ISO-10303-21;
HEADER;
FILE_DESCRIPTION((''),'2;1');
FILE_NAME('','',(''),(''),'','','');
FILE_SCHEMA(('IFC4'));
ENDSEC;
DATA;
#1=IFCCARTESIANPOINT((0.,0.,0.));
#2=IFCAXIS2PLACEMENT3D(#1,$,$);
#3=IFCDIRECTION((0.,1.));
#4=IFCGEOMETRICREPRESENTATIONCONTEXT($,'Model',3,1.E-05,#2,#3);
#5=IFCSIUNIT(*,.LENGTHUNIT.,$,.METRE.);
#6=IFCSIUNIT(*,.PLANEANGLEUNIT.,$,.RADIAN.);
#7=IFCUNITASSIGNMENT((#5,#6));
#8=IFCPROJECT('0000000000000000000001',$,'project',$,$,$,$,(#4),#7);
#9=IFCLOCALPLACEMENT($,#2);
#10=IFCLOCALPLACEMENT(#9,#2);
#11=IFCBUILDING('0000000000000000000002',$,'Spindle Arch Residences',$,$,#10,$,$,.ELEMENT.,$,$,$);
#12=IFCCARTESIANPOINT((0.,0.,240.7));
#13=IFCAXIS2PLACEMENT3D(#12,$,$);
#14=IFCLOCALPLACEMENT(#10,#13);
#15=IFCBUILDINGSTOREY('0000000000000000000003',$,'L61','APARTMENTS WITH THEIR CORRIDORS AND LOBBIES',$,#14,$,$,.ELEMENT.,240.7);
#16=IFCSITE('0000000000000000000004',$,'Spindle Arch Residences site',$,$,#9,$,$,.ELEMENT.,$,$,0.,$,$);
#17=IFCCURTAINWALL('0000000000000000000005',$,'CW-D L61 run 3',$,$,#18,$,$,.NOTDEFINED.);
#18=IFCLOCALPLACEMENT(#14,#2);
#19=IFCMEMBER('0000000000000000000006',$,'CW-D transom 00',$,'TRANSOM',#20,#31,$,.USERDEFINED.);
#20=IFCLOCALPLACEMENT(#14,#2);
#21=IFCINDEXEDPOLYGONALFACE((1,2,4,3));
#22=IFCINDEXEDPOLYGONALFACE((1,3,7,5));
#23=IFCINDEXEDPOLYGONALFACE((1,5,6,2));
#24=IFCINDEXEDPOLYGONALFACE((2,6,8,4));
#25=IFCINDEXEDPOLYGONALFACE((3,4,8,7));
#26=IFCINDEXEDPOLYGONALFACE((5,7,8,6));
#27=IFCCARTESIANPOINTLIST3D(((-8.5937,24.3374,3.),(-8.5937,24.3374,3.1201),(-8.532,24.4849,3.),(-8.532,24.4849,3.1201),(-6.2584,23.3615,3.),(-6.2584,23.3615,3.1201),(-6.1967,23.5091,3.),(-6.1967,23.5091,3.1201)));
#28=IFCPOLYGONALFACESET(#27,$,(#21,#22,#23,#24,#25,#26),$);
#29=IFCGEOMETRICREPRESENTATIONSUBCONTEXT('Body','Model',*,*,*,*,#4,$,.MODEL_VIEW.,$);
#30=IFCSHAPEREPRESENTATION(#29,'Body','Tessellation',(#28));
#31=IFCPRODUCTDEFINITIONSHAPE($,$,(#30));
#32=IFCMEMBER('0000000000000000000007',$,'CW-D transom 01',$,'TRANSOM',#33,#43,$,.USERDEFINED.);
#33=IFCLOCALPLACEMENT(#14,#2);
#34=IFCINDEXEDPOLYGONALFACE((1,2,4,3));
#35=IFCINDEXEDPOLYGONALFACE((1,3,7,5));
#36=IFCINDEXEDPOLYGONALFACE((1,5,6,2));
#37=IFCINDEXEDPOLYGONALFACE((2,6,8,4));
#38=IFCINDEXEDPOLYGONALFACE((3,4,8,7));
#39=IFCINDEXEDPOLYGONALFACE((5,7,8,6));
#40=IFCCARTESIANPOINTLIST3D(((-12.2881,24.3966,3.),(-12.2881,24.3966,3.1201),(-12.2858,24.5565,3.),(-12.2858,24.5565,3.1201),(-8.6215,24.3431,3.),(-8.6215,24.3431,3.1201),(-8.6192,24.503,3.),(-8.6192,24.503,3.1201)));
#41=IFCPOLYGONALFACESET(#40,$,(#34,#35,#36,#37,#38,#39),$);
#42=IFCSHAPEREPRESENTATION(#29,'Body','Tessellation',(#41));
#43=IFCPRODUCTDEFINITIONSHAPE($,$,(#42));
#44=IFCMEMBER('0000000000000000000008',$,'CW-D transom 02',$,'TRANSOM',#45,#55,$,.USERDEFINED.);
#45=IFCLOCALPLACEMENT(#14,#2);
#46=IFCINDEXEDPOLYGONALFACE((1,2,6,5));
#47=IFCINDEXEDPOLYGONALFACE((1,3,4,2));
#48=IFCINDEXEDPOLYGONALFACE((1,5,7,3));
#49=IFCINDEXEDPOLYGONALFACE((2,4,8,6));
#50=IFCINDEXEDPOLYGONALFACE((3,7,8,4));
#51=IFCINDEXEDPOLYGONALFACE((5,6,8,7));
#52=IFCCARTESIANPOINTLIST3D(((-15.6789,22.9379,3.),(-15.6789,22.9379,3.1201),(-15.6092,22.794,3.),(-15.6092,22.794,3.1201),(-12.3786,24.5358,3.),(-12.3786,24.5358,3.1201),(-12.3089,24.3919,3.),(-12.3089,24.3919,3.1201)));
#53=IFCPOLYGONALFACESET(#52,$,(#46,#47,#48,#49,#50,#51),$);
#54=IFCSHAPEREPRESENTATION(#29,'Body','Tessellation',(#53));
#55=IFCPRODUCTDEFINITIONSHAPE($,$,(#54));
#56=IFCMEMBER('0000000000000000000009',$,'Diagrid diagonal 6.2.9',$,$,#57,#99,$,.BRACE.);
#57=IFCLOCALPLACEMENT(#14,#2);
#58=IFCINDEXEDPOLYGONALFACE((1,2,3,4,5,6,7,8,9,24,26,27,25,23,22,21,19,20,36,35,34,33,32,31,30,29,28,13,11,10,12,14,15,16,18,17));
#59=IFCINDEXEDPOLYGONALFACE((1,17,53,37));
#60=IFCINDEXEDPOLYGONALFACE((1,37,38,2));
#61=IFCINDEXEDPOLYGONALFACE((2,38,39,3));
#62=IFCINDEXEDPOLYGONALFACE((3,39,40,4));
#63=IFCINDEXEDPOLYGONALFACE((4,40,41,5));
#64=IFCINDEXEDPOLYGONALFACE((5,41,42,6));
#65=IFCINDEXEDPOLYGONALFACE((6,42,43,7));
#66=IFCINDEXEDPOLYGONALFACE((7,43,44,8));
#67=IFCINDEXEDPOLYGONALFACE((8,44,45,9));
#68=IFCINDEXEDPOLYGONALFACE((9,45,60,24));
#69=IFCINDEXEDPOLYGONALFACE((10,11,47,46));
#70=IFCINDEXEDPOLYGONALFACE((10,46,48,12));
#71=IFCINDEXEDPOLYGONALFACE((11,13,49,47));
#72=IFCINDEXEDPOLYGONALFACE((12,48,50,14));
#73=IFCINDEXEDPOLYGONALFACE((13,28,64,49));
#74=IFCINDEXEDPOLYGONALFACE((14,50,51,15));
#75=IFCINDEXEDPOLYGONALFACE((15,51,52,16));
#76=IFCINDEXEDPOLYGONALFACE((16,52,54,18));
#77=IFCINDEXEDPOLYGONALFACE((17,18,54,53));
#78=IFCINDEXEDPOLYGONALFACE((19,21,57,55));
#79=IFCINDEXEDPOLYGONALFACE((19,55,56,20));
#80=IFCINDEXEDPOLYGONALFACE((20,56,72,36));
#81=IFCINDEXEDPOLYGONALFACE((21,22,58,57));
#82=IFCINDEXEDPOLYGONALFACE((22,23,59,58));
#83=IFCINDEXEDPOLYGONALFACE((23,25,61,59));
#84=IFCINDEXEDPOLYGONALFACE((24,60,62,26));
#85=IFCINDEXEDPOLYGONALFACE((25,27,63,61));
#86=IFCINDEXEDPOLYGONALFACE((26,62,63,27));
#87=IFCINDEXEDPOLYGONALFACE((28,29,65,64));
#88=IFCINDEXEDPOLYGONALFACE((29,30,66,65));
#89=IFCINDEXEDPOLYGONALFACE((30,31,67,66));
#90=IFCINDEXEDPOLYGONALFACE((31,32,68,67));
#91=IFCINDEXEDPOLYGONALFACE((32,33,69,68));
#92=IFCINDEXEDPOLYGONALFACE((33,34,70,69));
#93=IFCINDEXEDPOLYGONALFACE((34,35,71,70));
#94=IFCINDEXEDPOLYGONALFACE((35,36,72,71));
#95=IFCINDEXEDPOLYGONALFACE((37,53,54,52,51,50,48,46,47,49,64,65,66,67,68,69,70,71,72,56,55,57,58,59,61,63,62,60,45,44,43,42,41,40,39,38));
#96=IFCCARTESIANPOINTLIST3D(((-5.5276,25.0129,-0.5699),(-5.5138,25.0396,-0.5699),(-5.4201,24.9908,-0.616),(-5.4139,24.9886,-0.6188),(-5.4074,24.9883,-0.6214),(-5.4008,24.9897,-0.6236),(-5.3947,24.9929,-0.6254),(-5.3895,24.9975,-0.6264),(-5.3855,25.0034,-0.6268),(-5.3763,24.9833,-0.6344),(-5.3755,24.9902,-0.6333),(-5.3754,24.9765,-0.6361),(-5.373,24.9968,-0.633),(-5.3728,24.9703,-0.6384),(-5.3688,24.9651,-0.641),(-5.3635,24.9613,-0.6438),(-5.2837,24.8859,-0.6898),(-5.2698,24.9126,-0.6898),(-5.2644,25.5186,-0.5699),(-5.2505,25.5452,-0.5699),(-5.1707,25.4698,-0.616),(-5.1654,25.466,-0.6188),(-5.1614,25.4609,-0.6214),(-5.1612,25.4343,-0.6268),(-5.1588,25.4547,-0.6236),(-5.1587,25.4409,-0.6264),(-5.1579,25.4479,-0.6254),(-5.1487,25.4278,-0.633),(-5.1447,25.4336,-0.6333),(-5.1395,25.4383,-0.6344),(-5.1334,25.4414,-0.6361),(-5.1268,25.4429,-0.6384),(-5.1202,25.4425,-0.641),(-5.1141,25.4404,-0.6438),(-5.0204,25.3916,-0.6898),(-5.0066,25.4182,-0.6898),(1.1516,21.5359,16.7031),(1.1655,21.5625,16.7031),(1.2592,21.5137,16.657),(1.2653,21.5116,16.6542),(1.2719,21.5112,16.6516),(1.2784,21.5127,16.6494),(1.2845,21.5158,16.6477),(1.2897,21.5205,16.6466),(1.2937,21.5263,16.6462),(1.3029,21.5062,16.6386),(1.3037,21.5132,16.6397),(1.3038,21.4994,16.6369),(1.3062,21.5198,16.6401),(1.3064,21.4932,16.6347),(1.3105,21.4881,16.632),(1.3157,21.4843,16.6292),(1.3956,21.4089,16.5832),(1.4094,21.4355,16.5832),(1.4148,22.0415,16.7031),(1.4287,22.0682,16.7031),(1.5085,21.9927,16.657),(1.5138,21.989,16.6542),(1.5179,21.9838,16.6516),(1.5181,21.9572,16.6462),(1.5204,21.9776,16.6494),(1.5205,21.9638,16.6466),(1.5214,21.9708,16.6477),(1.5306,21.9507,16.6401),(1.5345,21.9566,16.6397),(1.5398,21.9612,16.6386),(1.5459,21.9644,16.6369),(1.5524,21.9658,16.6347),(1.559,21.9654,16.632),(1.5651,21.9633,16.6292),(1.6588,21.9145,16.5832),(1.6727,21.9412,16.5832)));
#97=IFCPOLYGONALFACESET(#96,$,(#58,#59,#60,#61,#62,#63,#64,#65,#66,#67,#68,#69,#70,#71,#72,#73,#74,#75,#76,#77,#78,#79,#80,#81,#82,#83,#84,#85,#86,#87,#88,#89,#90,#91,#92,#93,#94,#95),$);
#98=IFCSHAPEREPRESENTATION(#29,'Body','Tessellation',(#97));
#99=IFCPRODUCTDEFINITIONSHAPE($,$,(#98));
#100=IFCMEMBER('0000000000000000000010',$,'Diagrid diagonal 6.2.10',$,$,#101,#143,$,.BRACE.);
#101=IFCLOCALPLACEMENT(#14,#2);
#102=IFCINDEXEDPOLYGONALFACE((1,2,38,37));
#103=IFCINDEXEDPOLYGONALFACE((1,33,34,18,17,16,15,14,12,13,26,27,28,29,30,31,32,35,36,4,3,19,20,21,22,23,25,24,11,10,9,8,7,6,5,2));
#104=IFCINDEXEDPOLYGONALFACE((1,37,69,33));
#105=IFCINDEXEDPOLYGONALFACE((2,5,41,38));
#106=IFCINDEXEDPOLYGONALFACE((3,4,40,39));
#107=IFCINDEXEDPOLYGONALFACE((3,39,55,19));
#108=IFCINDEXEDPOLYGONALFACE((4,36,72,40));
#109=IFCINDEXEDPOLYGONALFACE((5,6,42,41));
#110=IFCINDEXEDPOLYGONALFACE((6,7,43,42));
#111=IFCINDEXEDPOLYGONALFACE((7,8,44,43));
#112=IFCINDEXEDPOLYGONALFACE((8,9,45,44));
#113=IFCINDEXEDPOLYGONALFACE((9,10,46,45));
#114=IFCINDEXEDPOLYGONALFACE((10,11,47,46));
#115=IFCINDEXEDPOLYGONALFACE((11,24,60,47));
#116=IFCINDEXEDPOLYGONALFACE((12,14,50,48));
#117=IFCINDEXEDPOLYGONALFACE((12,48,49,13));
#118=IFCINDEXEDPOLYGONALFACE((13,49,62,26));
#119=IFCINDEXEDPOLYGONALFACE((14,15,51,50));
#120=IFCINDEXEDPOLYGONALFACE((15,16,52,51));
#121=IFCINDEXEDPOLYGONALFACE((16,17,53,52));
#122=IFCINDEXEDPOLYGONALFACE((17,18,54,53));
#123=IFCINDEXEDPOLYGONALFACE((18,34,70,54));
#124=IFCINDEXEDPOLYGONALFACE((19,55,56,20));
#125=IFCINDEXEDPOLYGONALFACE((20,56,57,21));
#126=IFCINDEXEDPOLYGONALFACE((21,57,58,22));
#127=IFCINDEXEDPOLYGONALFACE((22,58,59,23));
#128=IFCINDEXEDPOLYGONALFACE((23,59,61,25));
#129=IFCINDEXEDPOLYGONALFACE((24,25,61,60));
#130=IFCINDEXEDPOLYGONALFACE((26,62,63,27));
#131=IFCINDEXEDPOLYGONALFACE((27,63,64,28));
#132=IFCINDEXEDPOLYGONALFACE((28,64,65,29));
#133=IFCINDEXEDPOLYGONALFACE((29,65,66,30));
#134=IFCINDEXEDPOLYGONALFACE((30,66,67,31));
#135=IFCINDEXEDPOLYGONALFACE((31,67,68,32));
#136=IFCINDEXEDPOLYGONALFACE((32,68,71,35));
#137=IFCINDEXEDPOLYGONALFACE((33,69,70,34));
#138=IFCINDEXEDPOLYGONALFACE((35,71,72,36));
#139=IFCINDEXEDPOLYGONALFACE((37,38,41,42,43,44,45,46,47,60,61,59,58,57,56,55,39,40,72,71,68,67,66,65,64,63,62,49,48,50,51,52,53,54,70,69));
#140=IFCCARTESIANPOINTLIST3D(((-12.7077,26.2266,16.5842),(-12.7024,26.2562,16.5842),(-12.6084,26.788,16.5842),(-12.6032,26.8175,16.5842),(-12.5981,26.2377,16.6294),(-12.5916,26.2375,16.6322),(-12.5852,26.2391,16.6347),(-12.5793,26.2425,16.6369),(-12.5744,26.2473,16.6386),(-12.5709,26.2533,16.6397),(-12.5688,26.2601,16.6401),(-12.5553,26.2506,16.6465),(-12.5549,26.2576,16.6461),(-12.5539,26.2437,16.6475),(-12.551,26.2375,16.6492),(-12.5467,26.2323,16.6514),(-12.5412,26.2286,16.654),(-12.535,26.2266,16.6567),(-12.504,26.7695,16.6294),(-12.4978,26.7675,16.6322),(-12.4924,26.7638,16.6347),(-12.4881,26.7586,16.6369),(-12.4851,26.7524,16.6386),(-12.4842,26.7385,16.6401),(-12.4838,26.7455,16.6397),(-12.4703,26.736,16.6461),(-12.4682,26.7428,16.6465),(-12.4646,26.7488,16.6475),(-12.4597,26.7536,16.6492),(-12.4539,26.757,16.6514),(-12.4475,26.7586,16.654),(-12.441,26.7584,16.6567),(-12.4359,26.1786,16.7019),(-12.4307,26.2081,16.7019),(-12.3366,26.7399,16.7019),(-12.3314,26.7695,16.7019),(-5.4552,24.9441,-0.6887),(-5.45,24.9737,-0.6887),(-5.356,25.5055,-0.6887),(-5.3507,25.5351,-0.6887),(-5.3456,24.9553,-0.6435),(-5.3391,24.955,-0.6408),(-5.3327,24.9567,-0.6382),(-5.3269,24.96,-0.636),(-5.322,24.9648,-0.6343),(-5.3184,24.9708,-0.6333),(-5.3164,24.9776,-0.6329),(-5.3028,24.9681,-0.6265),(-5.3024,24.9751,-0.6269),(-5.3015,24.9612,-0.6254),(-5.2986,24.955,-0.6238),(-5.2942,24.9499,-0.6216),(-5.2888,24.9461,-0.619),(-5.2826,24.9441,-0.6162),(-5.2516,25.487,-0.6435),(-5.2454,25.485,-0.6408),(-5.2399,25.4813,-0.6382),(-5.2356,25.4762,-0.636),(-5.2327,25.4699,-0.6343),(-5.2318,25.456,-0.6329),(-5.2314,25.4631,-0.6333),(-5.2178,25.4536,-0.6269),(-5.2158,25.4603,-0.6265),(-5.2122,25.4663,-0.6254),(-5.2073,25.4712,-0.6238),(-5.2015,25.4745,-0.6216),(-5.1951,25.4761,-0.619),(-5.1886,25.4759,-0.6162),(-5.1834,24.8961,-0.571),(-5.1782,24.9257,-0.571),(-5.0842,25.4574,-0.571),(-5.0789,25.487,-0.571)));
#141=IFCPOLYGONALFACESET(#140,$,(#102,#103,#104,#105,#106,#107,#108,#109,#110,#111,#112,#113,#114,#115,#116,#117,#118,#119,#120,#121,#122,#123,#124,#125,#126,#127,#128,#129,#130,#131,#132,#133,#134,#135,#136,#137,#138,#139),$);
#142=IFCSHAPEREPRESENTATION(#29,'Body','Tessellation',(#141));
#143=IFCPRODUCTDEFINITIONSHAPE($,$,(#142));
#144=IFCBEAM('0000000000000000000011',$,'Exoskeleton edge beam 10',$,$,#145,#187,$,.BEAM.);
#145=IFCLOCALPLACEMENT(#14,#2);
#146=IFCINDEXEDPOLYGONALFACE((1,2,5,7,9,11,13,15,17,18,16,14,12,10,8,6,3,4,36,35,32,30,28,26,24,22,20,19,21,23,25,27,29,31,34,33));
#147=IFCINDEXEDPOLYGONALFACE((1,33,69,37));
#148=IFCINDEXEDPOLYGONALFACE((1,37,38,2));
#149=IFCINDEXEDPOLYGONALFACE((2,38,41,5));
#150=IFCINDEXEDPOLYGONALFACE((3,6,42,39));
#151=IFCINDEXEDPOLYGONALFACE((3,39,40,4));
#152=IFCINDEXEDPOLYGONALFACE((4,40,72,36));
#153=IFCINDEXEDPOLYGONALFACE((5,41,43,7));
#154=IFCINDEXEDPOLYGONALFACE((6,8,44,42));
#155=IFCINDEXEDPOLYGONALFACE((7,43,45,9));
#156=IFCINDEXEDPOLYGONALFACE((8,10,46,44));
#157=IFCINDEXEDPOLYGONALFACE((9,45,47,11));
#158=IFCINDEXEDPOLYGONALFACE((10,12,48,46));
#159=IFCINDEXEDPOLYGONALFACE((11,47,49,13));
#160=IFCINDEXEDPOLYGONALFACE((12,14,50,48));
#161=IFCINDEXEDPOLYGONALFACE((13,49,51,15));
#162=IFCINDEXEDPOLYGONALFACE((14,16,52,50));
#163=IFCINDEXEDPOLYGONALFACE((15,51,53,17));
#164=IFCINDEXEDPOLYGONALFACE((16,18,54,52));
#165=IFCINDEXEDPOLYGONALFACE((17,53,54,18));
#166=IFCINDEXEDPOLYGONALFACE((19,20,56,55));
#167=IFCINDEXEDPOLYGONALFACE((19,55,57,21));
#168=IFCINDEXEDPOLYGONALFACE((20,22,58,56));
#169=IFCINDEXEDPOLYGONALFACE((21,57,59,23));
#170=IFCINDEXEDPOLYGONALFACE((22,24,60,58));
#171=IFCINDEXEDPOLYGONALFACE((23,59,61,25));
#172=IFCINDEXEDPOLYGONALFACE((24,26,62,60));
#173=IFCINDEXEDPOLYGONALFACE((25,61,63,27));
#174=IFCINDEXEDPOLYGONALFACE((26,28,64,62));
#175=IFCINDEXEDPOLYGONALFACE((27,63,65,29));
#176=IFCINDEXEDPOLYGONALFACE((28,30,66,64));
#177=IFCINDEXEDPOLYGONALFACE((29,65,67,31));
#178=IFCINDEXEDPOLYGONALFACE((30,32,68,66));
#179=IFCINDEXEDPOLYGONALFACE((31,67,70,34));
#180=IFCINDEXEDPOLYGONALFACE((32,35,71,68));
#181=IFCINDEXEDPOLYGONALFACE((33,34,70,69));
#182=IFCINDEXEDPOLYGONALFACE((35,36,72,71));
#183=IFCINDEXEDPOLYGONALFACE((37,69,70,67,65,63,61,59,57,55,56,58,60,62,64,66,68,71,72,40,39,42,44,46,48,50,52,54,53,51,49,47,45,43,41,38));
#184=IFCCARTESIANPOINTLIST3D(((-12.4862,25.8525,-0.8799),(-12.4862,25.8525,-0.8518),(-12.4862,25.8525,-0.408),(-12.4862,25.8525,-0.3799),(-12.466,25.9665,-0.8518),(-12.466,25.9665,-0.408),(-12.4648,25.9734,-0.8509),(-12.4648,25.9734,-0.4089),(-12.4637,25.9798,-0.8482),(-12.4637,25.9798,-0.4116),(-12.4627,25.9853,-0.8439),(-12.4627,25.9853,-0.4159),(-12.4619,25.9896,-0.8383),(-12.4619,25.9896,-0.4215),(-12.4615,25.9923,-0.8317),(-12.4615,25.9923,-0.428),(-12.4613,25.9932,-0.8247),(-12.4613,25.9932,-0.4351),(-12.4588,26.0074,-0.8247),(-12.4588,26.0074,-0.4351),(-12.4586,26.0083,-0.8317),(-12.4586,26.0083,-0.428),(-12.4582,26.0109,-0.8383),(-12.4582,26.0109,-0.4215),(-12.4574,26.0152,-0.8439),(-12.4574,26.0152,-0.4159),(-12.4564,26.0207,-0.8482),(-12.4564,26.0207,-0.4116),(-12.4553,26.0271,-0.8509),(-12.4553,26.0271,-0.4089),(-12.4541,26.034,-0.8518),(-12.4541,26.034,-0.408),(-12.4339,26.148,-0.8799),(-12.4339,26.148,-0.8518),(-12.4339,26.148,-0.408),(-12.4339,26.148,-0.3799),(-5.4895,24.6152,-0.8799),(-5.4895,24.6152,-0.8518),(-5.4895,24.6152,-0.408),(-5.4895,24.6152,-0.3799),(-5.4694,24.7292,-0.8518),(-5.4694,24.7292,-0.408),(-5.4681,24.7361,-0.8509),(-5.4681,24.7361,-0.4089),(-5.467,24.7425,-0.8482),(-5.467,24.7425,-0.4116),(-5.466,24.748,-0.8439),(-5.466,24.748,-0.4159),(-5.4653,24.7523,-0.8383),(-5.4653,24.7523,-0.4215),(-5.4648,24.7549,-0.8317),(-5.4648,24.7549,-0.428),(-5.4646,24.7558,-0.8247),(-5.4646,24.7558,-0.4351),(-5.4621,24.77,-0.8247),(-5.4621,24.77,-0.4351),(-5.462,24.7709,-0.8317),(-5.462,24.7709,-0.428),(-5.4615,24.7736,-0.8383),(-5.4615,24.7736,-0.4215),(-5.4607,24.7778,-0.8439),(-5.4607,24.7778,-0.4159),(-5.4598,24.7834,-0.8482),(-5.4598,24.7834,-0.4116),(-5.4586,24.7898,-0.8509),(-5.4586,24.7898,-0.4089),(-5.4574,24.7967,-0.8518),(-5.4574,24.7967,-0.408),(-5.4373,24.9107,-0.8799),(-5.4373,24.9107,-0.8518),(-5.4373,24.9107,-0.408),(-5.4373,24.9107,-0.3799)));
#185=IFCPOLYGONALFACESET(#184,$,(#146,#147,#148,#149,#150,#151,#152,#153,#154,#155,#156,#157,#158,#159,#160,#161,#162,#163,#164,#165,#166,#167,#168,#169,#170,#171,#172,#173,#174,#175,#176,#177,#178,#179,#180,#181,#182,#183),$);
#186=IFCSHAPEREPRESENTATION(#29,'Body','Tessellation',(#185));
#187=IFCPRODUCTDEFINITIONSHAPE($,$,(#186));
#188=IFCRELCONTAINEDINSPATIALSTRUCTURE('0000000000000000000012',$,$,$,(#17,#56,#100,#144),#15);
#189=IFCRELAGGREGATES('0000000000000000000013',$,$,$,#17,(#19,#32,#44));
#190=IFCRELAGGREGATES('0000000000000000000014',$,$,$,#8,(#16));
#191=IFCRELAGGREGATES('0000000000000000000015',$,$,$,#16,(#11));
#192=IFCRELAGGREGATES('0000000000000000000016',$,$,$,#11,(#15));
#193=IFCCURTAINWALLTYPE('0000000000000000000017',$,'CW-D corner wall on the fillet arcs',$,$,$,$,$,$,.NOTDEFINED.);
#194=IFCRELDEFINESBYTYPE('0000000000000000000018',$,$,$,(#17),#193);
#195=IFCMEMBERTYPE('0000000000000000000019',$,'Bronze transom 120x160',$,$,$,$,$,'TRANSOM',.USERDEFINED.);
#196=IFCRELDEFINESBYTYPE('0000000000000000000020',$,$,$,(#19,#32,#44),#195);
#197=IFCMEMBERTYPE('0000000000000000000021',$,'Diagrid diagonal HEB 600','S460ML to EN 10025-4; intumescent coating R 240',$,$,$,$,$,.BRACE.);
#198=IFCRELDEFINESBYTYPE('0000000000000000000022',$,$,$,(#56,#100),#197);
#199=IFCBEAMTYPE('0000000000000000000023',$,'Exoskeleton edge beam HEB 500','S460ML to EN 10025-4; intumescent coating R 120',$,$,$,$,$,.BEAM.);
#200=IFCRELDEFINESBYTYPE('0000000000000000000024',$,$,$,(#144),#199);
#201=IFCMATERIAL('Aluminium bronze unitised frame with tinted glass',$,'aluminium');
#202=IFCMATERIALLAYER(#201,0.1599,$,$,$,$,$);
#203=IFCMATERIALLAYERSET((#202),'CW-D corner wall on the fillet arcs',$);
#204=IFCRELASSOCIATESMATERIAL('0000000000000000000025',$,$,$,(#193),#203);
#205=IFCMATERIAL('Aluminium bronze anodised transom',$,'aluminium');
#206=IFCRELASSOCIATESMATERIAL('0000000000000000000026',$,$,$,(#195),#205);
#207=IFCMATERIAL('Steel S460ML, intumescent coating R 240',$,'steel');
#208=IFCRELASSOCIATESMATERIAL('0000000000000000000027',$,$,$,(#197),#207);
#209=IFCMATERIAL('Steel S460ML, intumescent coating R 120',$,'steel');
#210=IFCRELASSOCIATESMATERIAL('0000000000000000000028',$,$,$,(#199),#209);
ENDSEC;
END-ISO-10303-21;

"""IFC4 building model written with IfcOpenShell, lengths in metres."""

from ifc_helpers import new_model, si_unit, direction, frame, origin, origin_2d, place, context, subcontext, project, spatial, rectangle, i_section, extrude, material, layer, layer_set, material_profile, profile_set, type_object, element, aggregate, save


model = new_model("IFC4")

# Units and contexts
model_context = context("Model", 3, precision=1e-05, world=origin(), true_north=direction((0.0, 1.0)))
body_context = subcontext(model_context, "Body", "Model", "MODEL_VIEW")
ifc_project = project(units=[si_unit("LENGTHUNIT", "METRE"), si_unit("PLANEANGLEUNIT", "RADIAN")], contexts=[model_context])

# Site, building, storey
site_placement = place(None, origin())
site = spatial("IfcSite", under=ifc_project, at=site_placement, Name="Spindle Arch Residences site", CompositionType="ELEMENT", RefElevation=0.0)
building_placement = place(site_placement, origin())
building = spatial("IfcBuilding", under=site, at=building_placement, Name="Spindle Arch Residences", CompositionType="ELEMENT")
storey_placement = place(building_placement, frame((0.0, 0.0, 240.7)))
storey = spatial("IfcBuildingStorey", under=building, at=storey_placement, Name="L61", Description="APARTMENTS WITH THEIR CORRIDORS AND LOBBIES", CompositionType="ELEMENT", Elevation=240.7)

# Curtain wall, members
ifc_material_1 = material(Name="Aluminium bronze unitised frame with tinted glass", Category="aluminium")
ifc_layer_1 = layer(ifc_material_1, 0.1599)
ifc_layer_set_1 = layer_set([ifc_layer_1], Name="CW-D corner wall on the fillet arcs")
curtain_wall_type_1 = type_object("IfcCurtainWallType", Name="CW-D corner wall on the fillet arcs", PredefinedType="NOTDEFINED", material=ifc_layer_set_1)
curtain_wall_1_placement = place(storey_placement, origin())
curtain_wall_1 = element("IfcCurtainWall", 1, at=curtain_wall_1_placement, inside=storey, type_object=curtain_wall_type_1, Name="CW-D L61 run 3", PredefinedType="NOTDEFINED")
ifc_material_2 = material(Name="Aluminium bronze anodised transom", Category="aluminium")
ifc_material_profile_1 = material_profile(ifc_material_2, rectangle(XDim=0.1599, YDim=0.1201, at=origin_2d()), Name="TR 120x160")
ifc_profile_set_1 = profile_set([ifc_material_profile_1], Name="Aluminium bronze anodised transom")
member_type_1 = type_object("IfcMemberType", Name="Bronze transom 120x160", ElementType="TRANSOM", PredefinedType="USERDEFINED", material=ifc_profile_set_1)
member_1_placement = place(storey_placement, frame((-6.2275, 23.4353, 3.0601), z_axis=(-0.92268, 0.385567, 0.0), x_axis=(-0.385567, -0.92268, 0.0)))
member_1 = element("IfcMember", 2, at=member_1_placement, type_object=member_type_1, Name="CW-D transom 00", ObjectType="TRANSOM", PredefinedType="USERDEFINED", context=body_context, shape_type="SweptSolid", body=[
    extrude(rectangle(XDim=0.1599, YDim=0.1201, at=origin_2d()), origin(), (0.0, 0.0, 1.0), 2.531),
])
member_2_placement = place(storey_placement, frame((-8.6204, 24.4231, 3.0601), z_axis=(-0.999894, 0.014581, 0.0), x_axis=(-0.014581, -0.999894, 0.0)))
member_2 = element("IfcMember", 3, at=member_2_placement, type_object=member_type_1, Name="CW-D transom 01", ObjectType="TRANSOM", PredefinedType="USERDEFINED", context=body_context, shape_type="SweptSolid", body=[
    extrude(rectangle(XDim=0.1599, YDim=0.1201, at=origin_2d()), origin(), (0.0, 0.0, 1.0), 3.667),
])
member_3_placement = place(storey_placement, frame((-12.3438, 24.4639, 3.0601), z_axis=(-0.900054, -0.435778, 0.0), x_axis=(0.435778, -0.900054, 0.0)))
member_3 = element("IfcMember", 4, at=member_3_placement, type_object=member_type_1, Name="CW-D transom 02", ObjectType="TRANSOM", PredefinedType="USERDEFINED", context=body_context, shape_type="SweptSolid", body=[
    extrude(rectangle(XDim=0.1599, YDim=0.1201, at=origin_2d()), origin(), (0.0, 0.0, 1.0), 3.6667),
])

# Members
ifc_material_3 = material(Name="Steel S460ML, intumescent coating R 240", Category="steel")
ifc_material_profile_2 = material_profile(ifc_material_3, i_section(OverallWidth=0.3, OverallDepth=0.6001, WebThickness=0.0154, FlangeThickness=0.03, FilletRadius=0.0271, at=origin_2d()), Name="HEB 600")
ifc_profile_set_2 = profile_set([ifc_material_profile_2], Name="Steel S460ML, intumescent coating R 240")
member_type_2 = type_object("IfcMemberType", Name="Diagrid diagonal HEB 600", Description="S460ML to EN 10025-4; intumescent coating R 240", PredefinedType="BRACE", material=ifc_profile_set_2)
member_4_placement = place(storey_placement, frame((-5.2671, 25.2156, -0.6299), z_axis=(0.354467, -0.184528, 0.91668), x_axis=(-0.813101, 0.423283, 0.399622)))
element("IfcMember", 5, at=member_4_placement, inside=storey, type_object=member_type_2, Name="Diagrid diagonal 6.2.9", PredefinedType="BRACE", context=body_context, shape_type="SweptSolid", body=[
    extrude(i_section(OverallWidth=0.3, OverallDepth=0.6001, WebThickness=0.0154, FlangeThickness=0.03, FilletRadius=0.0271, at=origin_2d()), origin(), (0.0, 0.0, 1.0), 18.843),
])
member_5_placement = place(storey_placement, frame((-5.2671, 25.2156, -0.6299), z_axis=(-0.386229, 0.068298, 0.919871), x_axis=(0.905818, -0.160178, 0.392221)))
element("IfcMember", 6, at=member_5_placement, inside=storey, type_object=member_type_2, Name="Diagrid diagonal 6.2.10", PredefinedType="BRACE", context=body_context, shape_type="SweptSolid", body=[
    extrude(i_section(OverallWidth=0.3, OverallDepth=0.6001, WebThickness=0.0154, FlangeThickness=0.03, FilletRadius=0.0271, at=origin_2d()), origin(), (0.0, 0.0, 1.0), 18.7776),
])

# Beam
ifc_material_4 = material(Name="Steel S460ML, intumescent coating R 120", Category="steel")
ifc_material_profile_3 = material_profile(ifc_material_4, i_section(OverallWidth=0.3, OverallDepth=0.5, WebThickness=0.0144, FlangeThickness=0.0281, FilletRadius=0.0271, at=origin_2d()), Name="HEB 500")
ifc_profile_set_3 = profile_set([ifc_material_profile_3], Name="Steel S460ML, intumescent coating R 120")
beam_type_1 = type_object("IfcBeamType", Name="Exoskeleton edge beam HEB 500", Description="S460ML to EN 10025-4; intumescent coating R 120", PredefinedType="BEAM", material=ifc_profile_set_3)
beam_1_placement = place(storey_placement, frame((-5.4634, 24.7629, -0.6299), z_axis=(-0.984721, 0.174142, 0.0), x_axis=(-0.174142, -0.984721, 0.0)))
element("IfcBeam", 7, at=beam_1_placement, inside=storey, type_object=beam_type_1, Name="Exoskeleton edge beam 10", PredefinedType="BEAM", context=body_context, shape_type="SweptSolid", body=[
    extrude(i_section(OverallWidth=0.3, OverallDepth=0.5, WebThickness=0.0144, FlangeThickness=0.0281, FilletRadius=0.0271, at=origin_2d()), origin(), (0.0, 0.0, 1.0), 7.1052),
])

aggregate(curtain_wall_1, [member_1, member_2, member_3])

save(model, "model.ifc")
